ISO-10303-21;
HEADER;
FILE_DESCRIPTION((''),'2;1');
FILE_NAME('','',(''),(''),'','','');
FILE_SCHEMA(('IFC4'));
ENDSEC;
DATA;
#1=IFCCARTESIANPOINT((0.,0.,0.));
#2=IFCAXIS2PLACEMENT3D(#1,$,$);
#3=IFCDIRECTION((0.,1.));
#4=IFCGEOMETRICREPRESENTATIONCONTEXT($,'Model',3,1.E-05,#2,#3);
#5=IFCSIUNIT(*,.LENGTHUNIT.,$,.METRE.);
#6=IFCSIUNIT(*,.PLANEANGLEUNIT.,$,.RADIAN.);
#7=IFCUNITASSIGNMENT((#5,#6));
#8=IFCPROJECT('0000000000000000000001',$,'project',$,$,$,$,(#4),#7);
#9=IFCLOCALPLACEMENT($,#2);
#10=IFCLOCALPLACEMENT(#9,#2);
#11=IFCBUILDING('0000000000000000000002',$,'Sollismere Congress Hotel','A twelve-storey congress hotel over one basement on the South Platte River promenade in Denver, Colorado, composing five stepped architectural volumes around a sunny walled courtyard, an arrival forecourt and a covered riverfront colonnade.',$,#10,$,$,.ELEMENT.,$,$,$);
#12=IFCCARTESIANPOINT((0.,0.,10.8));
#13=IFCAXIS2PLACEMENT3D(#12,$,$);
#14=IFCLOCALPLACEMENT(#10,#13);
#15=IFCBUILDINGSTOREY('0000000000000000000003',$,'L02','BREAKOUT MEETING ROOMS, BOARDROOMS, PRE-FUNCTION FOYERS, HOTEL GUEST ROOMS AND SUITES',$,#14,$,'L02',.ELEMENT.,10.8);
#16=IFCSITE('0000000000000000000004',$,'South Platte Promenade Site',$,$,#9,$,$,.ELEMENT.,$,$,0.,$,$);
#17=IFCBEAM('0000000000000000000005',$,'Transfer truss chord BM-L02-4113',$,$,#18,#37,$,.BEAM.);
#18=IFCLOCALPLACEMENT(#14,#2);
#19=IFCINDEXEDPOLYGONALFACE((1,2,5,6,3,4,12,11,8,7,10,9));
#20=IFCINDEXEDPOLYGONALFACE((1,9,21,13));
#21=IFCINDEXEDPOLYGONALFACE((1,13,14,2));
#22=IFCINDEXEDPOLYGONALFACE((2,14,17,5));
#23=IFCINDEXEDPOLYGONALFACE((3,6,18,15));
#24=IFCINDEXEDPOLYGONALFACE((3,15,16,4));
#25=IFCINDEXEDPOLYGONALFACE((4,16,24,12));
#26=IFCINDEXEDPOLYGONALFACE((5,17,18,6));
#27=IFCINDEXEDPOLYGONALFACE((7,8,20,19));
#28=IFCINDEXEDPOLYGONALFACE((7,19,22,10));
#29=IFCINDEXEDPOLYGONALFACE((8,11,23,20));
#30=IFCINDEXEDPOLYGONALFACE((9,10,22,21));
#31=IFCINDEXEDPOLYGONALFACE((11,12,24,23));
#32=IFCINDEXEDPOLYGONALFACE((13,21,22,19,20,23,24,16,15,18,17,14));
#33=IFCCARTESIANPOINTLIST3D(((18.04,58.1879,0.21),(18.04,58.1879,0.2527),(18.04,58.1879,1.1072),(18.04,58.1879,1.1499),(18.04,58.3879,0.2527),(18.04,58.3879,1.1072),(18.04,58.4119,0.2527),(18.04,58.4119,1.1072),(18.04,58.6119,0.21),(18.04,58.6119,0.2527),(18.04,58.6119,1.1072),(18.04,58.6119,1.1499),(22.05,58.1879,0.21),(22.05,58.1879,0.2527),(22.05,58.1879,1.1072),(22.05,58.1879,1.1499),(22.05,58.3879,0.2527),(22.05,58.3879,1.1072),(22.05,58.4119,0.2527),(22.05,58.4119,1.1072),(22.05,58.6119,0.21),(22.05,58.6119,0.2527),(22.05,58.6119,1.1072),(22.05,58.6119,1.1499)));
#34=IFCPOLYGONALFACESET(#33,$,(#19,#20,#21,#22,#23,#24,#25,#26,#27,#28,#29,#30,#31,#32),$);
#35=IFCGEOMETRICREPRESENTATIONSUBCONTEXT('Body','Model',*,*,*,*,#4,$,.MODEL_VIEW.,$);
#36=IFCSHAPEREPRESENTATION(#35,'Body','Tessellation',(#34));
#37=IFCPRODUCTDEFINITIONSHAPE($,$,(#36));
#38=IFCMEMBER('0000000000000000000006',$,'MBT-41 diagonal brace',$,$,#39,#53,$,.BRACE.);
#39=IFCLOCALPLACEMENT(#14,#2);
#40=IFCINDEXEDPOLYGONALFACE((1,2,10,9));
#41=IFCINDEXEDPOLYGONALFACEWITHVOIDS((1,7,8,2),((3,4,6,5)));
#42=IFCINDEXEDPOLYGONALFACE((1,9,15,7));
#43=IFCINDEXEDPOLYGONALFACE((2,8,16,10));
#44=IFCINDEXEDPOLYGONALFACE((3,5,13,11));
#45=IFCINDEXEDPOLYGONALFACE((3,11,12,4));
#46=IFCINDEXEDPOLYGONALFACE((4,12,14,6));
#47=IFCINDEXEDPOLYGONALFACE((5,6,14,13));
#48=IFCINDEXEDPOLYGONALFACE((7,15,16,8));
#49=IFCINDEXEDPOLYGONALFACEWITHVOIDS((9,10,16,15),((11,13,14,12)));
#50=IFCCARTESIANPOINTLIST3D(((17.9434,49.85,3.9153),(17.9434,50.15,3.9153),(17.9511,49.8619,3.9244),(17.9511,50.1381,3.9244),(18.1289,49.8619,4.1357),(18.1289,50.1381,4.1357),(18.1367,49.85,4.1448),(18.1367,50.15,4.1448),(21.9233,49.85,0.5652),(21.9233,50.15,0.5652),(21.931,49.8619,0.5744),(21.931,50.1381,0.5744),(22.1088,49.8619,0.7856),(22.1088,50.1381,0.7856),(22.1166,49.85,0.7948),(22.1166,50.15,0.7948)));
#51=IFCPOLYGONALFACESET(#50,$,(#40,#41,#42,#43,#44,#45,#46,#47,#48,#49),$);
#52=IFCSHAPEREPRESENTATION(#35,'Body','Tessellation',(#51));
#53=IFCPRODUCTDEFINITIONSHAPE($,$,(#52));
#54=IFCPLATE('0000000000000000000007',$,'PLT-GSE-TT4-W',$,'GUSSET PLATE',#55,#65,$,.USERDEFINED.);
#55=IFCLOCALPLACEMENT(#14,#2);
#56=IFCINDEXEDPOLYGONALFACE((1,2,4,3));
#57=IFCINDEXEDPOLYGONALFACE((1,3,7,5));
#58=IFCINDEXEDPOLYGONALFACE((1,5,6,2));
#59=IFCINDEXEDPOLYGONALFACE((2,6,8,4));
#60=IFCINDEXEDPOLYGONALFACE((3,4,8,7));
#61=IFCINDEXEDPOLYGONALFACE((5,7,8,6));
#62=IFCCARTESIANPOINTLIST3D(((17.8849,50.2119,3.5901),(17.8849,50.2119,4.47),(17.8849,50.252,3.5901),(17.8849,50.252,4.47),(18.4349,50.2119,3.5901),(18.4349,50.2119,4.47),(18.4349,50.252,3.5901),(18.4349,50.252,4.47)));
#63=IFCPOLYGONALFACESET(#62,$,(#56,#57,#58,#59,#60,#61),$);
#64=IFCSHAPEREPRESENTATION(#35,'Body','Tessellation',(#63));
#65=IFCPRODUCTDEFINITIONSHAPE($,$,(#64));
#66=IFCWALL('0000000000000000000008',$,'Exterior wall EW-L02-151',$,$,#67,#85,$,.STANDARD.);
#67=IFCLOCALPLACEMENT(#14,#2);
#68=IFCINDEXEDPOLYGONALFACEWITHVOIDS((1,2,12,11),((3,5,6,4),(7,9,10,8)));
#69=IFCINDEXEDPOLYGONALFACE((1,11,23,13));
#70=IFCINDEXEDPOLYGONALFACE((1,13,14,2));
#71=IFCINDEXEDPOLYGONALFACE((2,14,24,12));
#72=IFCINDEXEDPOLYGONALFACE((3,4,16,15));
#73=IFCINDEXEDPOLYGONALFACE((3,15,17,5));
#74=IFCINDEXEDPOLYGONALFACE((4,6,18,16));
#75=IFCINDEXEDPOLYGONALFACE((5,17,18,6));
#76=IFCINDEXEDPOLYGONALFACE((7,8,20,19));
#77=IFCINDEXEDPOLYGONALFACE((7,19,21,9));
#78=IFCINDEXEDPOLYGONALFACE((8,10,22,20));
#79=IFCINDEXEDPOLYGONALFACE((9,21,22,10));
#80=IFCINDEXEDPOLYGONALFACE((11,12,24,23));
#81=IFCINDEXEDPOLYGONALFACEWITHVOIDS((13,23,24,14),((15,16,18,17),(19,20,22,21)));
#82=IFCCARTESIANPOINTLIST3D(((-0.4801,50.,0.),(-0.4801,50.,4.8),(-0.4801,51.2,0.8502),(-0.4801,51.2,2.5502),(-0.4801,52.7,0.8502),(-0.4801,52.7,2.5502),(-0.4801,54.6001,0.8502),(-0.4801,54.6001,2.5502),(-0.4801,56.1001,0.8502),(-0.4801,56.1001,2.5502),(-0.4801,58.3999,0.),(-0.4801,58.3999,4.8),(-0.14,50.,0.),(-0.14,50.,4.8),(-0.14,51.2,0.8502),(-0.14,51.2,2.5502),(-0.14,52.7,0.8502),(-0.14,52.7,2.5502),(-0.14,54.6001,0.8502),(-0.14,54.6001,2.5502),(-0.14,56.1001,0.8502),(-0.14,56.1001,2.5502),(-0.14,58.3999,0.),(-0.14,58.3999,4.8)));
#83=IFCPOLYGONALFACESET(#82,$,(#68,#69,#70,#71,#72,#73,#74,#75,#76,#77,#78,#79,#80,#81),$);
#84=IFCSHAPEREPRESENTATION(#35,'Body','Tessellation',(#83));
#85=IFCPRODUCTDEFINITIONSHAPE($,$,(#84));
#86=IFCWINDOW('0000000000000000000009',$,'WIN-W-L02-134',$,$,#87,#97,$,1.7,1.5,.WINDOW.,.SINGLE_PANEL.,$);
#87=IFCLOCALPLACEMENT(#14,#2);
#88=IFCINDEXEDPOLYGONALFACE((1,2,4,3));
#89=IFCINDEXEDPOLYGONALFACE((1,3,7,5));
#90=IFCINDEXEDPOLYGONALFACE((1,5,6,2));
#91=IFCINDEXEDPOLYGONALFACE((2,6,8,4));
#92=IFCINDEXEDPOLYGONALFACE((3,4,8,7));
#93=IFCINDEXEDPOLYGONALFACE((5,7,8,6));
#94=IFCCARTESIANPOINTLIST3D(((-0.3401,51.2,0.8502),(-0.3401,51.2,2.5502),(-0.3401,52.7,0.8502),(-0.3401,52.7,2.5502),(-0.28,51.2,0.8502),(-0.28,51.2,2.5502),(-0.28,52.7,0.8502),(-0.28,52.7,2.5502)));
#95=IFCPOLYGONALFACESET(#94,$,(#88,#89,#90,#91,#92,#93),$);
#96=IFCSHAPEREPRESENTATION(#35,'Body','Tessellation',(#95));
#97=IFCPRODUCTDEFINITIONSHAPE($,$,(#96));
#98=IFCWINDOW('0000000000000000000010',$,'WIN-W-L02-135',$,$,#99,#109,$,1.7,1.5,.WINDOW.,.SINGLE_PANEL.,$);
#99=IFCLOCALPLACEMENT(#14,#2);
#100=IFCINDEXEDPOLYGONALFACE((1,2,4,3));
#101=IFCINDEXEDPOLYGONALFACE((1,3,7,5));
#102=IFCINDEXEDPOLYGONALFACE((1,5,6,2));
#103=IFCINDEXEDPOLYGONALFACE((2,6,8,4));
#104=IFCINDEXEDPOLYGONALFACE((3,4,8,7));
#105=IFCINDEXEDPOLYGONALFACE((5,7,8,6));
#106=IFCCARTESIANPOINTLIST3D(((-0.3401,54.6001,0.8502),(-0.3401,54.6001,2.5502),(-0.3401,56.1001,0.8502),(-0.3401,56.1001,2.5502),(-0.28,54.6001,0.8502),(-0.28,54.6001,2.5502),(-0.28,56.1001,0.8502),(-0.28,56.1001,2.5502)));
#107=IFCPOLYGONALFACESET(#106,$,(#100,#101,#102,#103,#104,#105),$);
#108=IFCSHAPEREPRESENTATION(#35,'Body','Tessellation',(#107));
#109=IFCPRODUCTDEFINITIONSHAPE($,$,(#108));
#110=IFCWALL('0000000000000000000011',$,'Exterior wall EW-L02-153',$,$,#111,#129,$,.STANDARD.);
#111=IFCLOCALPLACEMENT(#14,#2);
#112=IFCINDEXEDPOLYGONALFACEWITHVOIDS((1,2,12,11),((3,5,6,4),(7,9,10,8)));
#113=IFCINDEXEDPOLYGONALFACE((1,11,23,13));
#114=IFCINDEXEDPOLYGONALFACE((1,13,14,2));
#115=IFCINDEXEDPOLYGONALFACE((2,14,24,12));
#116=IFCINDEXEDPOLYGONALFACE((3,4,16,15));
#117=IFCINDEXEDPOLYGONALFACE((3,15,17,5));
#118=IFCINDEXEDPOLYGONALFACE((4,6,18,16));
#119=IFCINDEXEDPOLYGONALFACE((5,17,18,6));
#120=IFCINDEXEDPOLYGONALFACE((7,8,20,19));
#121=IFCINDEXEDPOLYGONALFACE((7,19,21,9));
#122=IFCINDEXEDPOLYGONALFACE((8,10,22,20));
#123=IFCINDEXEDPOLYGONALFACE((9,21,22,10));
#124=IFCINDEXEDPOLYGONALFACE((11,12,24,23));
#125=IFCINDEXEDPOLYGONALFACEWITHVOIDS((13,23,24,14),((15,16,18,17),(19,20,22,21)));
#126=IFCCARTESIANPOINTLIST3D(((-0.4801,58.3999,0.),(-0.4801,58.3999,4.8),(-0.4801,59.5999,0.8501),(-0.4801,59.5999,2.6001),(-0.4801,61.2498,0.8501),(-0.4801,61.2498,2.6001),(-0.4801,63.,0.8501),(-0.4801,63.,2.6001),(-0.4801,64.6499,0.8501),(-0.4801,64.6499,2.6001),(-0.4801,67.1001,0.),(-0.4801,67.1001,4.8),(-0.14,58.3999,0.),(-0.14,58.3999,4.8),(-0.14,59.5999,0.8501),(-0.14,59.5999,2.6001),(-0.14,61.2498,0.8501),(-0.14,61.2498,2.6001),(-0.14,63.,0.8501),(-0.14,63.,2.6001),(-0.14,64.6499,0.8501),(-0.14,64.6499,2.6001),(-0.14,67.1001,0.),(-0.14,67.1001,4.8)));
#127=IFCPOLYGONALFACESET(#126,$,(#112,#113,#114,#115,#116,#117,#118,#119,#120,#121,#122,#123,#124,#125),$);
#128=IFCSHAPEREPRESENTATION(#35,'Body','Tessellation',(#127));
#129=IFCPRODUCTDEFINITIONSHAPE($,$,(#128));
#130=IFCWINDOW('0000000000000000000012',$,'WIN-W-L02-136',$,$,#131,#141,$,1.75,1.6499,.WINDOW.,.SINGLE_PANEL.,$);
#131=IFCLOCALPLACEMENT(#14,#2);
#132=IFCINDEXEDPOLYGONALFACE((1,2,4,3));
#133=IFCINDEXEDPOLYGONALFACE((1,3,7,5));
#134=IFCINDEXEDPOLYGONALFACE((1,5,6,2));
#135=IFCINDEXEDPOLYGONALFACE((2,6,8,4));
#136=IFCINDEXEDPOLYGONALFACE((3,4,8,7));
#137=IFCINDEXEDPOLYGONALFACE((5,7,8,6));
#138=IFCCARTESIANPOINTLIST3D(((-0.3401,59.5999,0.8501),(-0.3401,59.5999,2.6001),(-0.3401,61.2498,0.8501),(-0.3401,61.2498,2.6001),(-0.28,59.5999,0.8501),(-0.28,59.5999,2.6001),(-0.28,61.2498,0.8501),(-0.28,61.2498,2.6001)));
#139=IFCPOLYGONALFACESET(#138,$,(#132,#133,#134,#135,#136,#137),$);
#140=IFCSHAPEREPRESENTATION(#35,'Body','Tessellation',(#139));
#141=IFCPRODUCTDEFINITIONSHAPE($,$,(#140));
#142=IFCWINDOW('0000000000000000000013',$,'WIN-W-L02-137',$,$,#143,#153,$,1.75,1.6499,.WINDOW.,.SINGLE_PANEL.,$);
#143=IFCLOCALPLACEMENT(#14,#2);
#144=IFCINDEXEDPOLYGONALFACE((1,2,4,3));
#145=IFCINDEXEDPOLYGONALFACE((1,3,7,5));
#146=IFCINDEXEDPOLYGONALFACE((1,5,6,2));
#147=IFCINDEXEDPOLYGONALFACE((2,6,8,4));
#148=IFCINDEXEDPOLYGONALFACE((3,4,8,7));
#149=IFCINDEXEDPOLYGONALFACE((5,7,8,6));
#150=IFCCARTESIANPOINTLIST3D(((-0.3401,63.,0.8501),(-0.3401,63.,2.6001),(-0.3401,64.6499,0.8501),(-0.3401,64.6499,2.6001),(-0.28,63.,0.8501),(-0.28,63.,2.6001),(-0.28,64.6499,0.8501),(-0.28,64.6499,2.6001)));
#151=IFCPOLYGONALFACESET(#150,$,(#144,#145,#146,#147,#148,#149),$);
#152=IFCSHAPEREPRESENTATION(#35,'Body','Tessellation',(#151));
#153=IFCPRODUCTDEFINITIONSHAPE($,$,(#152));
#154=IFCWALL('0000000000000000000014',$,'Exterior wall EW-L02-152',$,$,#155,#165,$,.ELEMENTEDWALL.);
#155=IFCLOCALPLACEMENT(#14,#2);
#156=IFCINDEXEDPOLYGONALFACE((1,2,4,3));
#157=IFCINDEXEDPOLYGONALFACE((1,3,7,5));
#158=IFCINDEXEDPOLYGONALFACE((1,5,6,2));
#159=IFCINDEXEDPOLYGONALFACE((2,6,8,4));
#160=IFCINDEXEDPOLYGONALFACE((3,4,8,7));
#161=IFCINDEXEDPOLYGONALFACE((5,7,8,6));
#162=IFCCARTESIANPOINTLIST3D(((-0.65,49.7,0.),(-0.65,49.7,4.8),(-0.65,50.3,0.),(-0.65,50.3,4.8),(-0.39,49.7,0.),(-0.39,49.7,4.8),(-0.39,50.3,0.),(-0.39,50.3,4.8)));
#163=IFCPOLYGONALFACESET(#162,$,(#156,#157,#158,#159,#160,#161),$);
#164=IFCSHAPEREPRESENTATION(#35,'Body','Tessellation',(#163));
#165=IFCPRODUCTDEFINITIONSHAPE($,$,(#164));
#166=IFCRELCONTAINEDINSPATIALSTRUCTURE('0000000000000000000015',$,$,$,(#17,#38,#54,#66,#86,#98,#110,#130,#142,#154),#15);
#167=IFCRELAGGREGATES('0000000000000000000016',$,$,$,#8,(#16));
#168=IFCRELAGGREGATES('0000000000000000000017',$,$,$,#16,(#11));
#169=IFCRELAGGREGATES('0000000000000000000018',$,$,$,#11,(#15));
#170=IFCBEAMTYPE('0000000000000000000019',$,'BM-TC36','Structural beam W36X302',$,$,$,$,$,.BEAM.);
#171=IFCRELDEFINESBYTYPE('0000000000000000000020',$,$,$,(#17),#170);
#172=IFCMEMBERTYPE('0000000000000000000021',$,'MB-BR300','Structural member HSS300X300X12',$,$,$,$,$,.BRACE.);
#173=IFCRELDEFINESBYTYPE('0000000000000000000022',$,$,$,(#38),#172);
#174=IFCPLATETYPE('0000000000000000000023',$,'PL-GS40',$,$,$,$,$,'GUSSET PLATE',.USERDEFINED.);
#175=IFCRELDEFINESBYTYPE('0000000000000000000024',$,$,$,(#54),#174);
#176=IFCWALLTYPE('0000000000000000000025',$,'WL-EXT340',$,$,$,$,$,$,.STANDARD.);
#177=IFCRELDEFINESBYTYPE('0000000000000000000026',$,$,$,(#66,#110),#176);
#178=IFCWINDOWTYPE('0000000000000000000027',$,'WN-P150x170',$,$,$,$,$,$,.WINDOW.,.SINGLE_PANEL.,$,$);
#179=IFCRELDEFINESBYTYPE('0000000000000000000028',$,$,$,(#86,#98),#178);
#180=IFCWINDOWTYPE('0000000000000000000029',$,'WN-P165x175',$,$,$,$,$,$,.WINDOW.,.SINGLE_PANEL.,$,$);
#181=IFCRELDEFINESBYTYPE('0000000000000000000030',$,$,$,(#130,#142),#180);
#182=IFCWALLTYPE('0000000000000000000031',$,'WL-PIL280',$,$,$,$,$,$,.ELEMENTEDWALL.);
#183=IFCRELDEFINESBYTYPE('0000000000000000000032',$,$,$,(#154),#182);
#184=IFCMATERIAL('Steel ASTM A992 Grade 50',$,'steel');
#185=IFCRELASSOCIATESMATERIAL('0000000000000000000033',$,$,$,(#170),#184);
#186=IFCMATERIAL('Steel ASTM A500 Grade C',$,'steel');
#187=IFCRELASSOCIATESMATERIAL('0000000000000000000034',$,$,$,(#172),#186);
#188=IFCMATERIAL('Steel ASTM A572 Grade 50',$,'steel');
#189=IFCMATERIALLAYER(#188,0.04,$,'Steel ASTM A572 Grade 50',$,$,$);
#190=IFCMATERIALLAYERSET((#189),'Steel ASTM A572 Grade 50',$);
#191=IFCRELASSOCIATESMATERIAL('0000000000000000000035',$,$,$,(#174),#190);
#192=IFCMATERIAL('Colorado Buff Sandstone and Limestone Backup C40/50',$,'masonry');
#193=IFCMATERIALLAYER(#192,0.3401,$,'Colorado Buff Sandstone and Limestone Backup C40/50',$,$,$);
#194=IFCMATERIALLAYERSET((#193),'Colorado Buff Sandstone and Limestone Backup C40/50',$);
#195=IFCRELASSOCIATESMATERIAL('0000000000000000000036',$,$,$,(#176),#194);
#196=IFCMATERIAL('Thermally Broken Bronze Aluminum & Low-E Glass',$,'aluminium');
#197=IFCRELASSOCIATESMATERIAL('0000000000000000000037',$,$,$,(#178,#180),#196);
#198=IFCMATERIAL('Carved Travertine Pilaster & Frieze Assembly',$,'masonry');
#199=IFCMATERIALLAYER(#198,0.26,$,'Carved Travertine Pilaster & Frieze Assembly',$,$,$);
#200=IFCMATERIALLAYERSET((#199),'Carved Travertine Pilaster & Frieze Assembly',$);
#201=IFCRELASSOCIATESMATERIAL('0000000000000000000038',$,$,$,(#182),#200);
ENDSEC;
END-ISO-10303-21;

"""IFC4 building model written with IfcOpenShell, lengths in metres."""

from ifc_helpers import new_model, si_unit, direction, frame, frame_2d, origin, origin_2d, place, context, subcontext, project, spatial, rectangle, hollow_rectangle, i_section, extrude, material, layer, layer_set, material_profile, profile_set, type_object, element, fill, save


model = new_model("IFC4")

# Units and contexts
model_context = context("Model", 3, precision=1e-05, world=origin(), true_north=direction((0.0, 1.0)))
body_context = subcontext(model_context, "Body", "Model", "MODEL_VIEW")
ifc_project = project(units=[si_unit("LENGTHUNIT", "METRE"), si_unit("PLANEANGLEUNIT", "RADIAN")], contexts=[model_context])

# Site, building, storey
site_placement = place(None, origin())
site = spatial("IfcSite", under=ifc_project, at=site_placement, Name="South Platte Promenade Site", CompositionType="ELEMENT", RefElevation=0.0)
building_placement = place(site_placement, origin())
building = spatial("IfcBuilding", under=site, at=building_placement, Name="Sollismere Congress Hotel", Description="A twelve-storey congress hotel over one basement on the South Platte River promenade in Denver, Colorado, composing five stepped architectural volumes around a sunny walled courtyard, an arrival forecourt and a covered riverfront colonnade.", CompositionType="ELEMENT")
storey_placement = place(building_placement, frame((0.0, 0.0, 10.8)))
storey = spatial("IfcBuildingStorey", under=building, at=storey_placement, Name="L02", Description="BREAKOUT MEETING ROOMS, BOARDROOMS, PRE-FUNCTION FOYERS, HOTEL GUEST ROOMS AND SUITES", LongName="L02", CompositionType="ELEMENT", Elevation=10.8)

# Shared definitions
ifc_material_1 = material(Name="Steel ASTM A992 Grade 50", Category="steel")

# Beam
ifc_material_profile_1 = material_profile(ifc_material_1, i_section(OverallWidth=0.4241, OverallDepth=0.9399, WebThickness=0.0239, FlangeThickness=0.0427, at=origin_2d()), Name="W36X302")
ifc_profile_set_1 = profile_set([ifc_material_profile_1], Name="Steel ASTM A992 Grade 50")
beam_type_1 = type_object("IfcBeamType", Name="BM-TC36", Description="Structural beam W36X302", PredefinedType="BEAM", material=ifc_profile_set_1)
for number, where, z_axis, x_axis, name in (
    (1, (18.04, 58.3999, 0.6799), (1.0, 0.0, 0.0), (0.0, 1.0, 0.0), "Transfer truss chord BM-L02-4113"),
):
    element("IfcBeam", number, at=place(storey_placement, frame(where, z_axis=z_axis, x_axis=x_axis)), inside=storey, type_object=beam_type_1, Name=name, PredefinedType="BEAM", context=body_context, shape_type="SweptSolid", body=[
        extrude(i_section(OverallWidth=0.4241, OverallDepth=0.9399, WebThickness=0.0239, FlangeThickness=0.0427, at=origin_2d()), origin(), (0.0, 0.0, 1.0), 4.01),
    ])

# Member
ifc_material_2 = material(Name="Steel ASTM A500 Grade C", Category="steel")
ifc_material_profile_2 = material_profile(ifc_material_2, hollow_rectangle(XDim=0.3, YDim=0.3, WallThickness=0.012, at=origin_2d()), Name="HSS300X300X12")
ifc_profile_set_2 = profile_set([ifc_material_profile_2], Name="Steel ASTM A500 Grade C")
member_type = type_object("IfcMemberType", Name="MB-BR300", Description="Structural member HSS300X300X12", PredefinedType="BRACE", material=ifc_profile_set_2)
member_placement = place(storey_placement, frame((18.04, 50.0, 4.03), z_axis=(0.76505, 0.0, -0.643971), x_axis=(0.0, 1.0, 0.0)))
element("IfcMember", 2, at=member_placement, inside=storey, type_object=member_type, Name="MBT-41 diagonal brace", PredefinedType="BRACE", context=body_context, shape_type="SweptSolid", body=[
    extrude(hollow_rectangle(XDim=0.3, YDim=0.3, WallThickness=0.012, at=origin_2d()), origin(), (0.0, 0.0, 1.0), 5.2021),
])

# Plate
ifc_material_3 = material(Name="Steel ASTM A572 Grade 50", Category="steel")
ifc_layer_1 = layer(ifc_material_3, 0.04, Name="Steel ASTM A572 Grade 50")
ifc_layer_set_1 = layer_set([ifc_layer_1], Name="Steel ASTM A572 Grade 50")
plate_type = type_object("IfcPlateType", Name="PL-GS40", ElementType="GUSSET PLATE", PredefinedType="USERDEFINED", material=ifc_layer_set_1)
plate_placement = place(storey_placement, frame((18.1599, 50.2319, 3.5901), z_axis=(0.0, 0.0, 1.0), x_axis=(1.0, 0.0, 0.0)))
element("IfcPlate", 3, at=plate_placement, inside=storey, type_object=plate_type, Name="PLT-GSE-TT4-W", ObjectType="GUSSET PLATE", PredefinedType="USERDEFINED", context=body_context, shape_type="SweptSolid", body=[
    extrude(rectangle(XDim=0.55, YDim=0.04, at=origin_2d()), origin(), (0.0, 0.0, 1.0), 0.8799),
])

# Walls, openings, windows
ifc_material_4 = material(Name="Colorado Buff Sandstone and Limestone Backup C40/50", Category="masonry")
ifc_layer_2 = layer(ifc_material_4, 0.3401, Name="Colorado Buff Sandstone and Limestone Backup C40/50")
ifc_layer_set_2 = layer_set([ifc_layer_2], Name="Colorado Buff Sandstone and Limestone Backup C40/50")
wall_type_1 = type_object("IfcWallType", Name="WL-EXT340", PredefinedType="STANDARD", material=ifc_layer_set_2)
wall_1_placement = place(storey_placement, frame((-0.3101, 50.0, 0.0), z_axis=(0.0, 0.0, 1.0), x_axis=(0.0, 1.0, 0.0)))
wall_1 = element("IfcWall", 4, at=wall_1_placement, inside=storey, type_object=wall_type_1, Name="Exterior wall EW-L02-151", PredefinedType="STANDARD", context=body_context, shape_type="SweptSolid", body=[
    extrude(rectangle(XDim=8.3999, YDim=0.3401, at=frame_2d((4.2, 0.0))), origin(), (0.0, 0.0, 1.0), 4.8),
])
opening_1_placement = place(wall_1_placement, frame((1.2, 0.0, 0.8501)))
opening_1 = element("IfcOpeningElement", 5, at=opening_1_placement, cuts=wall_1, PredefinedType="OPENING", context=body_context, shape_type="SweptSolid", body=[
    extrude(rectangle(XDim=1.5, YDim=1.7, at=frame_2d((0.75, 0.8501))), frame((0.0, 0.1799, 0.0), z_axis=(0.0, -1.0, 0.0), x_axis=(1.0, 0.0, 0.0)), (0.0, 0.0, 1.0), 0.3601),
])
opening_2_placement = place(wall_1_placement, frame((4.6001, 0.0, 0.8501)))
opening_2 = element("IfcOpeningElement", 6, at=opening_2_placement, cuts=wall_1, PredefinedType="OPENING", context=body_context, shape_type="SweptSolid", body=[
    extrude(rectangle(XDim=1.5, YDim=1.7, at=frame_2d((0.75, 0.8501))), frame((0.0, 0.1799, 0.0), z_axis=(0.0, -1.0, 0.0), x_axis=(1.0, 0.0, 0.0)), (0.0, 0.0, 1.0), 0.3601),
])
ifc_material_5 = material(Name="Thermally Broken Bronze Aluminum & Low-E Glass", Category="aluminium")
window_type_1 = type_object("IfcWindowType", Name="WN-P150x170", PartitioningType="SINGLE_PANEL", PredefinedType="WINDOW", material=ifc_material_5)
window_1_placement = place(opening_1_placement, origin())
window_1 = element("IfcWindow", 7, at=window_1_placement, inside=storey, type_object=window_type_1, Name="WIN-W-L02-134", OverallHeight=1.7, OverallWidth=1.5, PartitioningType="SINGLE_PANEL", PredefinedType="WINDOW", context=body_context, shape_type="SweptSolid", body=[
    extrude(rectangle(XDim=1.5, YDim=1.7, at=frame_2d((0.75, 0.8501))), frame((0.0, 0.03, 0.0), z_axis=(0.0, -1.0, 0.0), x_axis=(1.0, 0.0, 0.0)), (0.0, 0.0, 1.0), 0.0601),
])
fill(opening_1, window_1)
window_2_placement = place(opening_2_placement, origin())
window_2 = element("IfcWindow", 8, at=window_2_placement, inside=storey, type_object=window_type_1, Name="WIN-W-L02-135", OverallHeight=1.7, OverallWidth=1.5, PartitioningType="SINGLE_PANEL", PredefinedType="WINDOW", context=body_context, shape_type="SweptSolid", body=[
    extrude(rectangle(XDim=1.5, YDim=1.7, at=frame_2d((0.75, 0.8501))), frame((0.0, 0.03, 0.0), z_axis=(0.0, -1.0, 0.0), x_axis=(1.0, 0.0, 0.0)), (0.0, 0.0, 1.0), 0.0601),
])
fill(opening_2, window_2)
wall_2_placement = place(storey_placement, frame((-0.3101, 58.3999, 0.0), z_axis=(0.0, 0.0, 1.0), x_axis=(0.0, 1.0, 0.0)))
wall_2 = element("IfcWall", 9, at=wall_2_placement, inside=storey, type_object=wall_type_1, Name="Exterior wall EW-L02-153", PredefinedType="STANDARD", context=body_context, shape_type="SweptSolid", body=[
    extrude(rectangle(XDim=8.7002, YDim=0.3401, at=frame_2d((4.3501, 0.0))), origin(), (0.0, 0.0, 1.0), 4.8),
])
opening_3_placement = place(wall_2_placement, frame((1.2, 0.0, 0.8501)))
opening_3 = element("IfcOpeningElement", 10, at=opening_3_placement, cuts=wall_2, PredefinedType="OPENING", context=body_context, shape_type="SweptSolid", body=[
    extrude(rectangle(XDim=1.6499, YDim=1.75, at=frame_2d((0.825, 0.875))), frame((0.0, 0.1799, 0.0), z_axis=(0.0, -1.0, 0.0), x_axis=(1.0, 0.0, 0.0)), (0.0, 0.0, 1.0), 0.3601),
])
opening_4_placement = place(wall_2_placement, frame((4.6001, 0.0, 0.8501)))
opening_4 = element("IfcOpeningElement", 11, at=opening_4_placement, cuts=wall_2, PredefinedType="OPENING", context=body_context, shape_type="SweptSolid", body=[
    extrude(rectangle(XDim=1.6499, YDim=1.75, at=frame_2d((0.825, 0.875))), frame((0.0, 0.1799, 0.0), z_axis=(0.0, -1.0, 0.0), x_axis=(1.0, 0.0, 0.0)), (0.0, 0.0, 1.0), 0.3601),
])
window_type_2 = type_object("IfcWindowType", Name="WN-P165x175", PartitioningType="SINGLE_PANEL", PredefinedType="WINDOW", material=ifc_material_5)
window_3_placement = place(opening_3_placement, origin())
window_3 = element("IfcWindow", 12, at=window_3_placement, inside=storey, type_object=window_type_2, Name="WIN-W-L02-136", OverallHeight=1.75, OverallWidth=1.6499, PartitioningType="SINGLE_PANEL", PredefinedType="WINDOW", context=body_context, shape_type="SweptSolid", body=[
    extrude(rectangle(XDim=1.6499, YDim=1.75, at=frame_2d((0.825, 0.875))), frame((0.0, 0.03, 0.0), z_axis=(0.0, -1.0, 0.0), x_axis=(1.0, 0.0, 0.0)), (0.0, 0.0, 1.0), 0.0601),
])
fill(opening_3, window_3)
window_4_placement = place(opening_4_placement, origin())
window_4 = element("IfcWindow", 13, at=window_4_placement, inside=storey, type_object=window_type_2, Name="WIN-W-L02-137", OverallHeight=1.75, OverallWidth=1.6499, PartitioningType="SINGLE_PANEL", PredefinedType="WINDOW", context=body_context, shape_type="SweptSolid", body=[
    extrude(rectangle(XDim=1.6499, YDim=1.75, at=frame_2d((0.825, 0.875))), frame((0.0, 0.03, 0.0), z_axis=(0.0, -1.0, 0.0), x_axis=(1.0, 0.0, 0.0)), (0.0, 0.0, 1.0), 0.0601),
])
fill(opening_4, window_4)

# Wall
ifc_material_6 = material(Name="Carved Travertine Pilaster & Frieze Assembly", Category="masonry")
ifc_layer_3 = layer(ifc_material_6, 0.26, Name="Carved Travertine Pilaster & Frieze Assembly")
ifc_layer_set_3 = layer_set([ifc_layer_3], Name="Carved Travertine Pilaster & Frieze Assembly")
wall_type_2 = type_object("IfcWallType", Name="WL-PIL280", PredefinedType="ELEMENTEDWALL", material=ifc_layer_set_3)
wall_3_placement = place(storey_placement, frame((-0.52, 49.7, 0.0), z_axis=(0.0, 0.0, 1.0), x_axis=(0.0, 1.0, 0.0)))
element("IfcWall", 14, at=wall_3_placement, inside=storey, type_object=wall_type_2, Name="Exterior wall EW-L02-152", PredefinedType="ELEMENTEDWALL", context=body_context, shape_type="SweptSolid", body=[
    extrude(rectangle(XDim=0.6001, YDim=0.26, at=frame_2d((0.3, 0.0))), origin(), (0.0, 0.0, 1.0), 4.8),
])

save(model, "model.ifc")
